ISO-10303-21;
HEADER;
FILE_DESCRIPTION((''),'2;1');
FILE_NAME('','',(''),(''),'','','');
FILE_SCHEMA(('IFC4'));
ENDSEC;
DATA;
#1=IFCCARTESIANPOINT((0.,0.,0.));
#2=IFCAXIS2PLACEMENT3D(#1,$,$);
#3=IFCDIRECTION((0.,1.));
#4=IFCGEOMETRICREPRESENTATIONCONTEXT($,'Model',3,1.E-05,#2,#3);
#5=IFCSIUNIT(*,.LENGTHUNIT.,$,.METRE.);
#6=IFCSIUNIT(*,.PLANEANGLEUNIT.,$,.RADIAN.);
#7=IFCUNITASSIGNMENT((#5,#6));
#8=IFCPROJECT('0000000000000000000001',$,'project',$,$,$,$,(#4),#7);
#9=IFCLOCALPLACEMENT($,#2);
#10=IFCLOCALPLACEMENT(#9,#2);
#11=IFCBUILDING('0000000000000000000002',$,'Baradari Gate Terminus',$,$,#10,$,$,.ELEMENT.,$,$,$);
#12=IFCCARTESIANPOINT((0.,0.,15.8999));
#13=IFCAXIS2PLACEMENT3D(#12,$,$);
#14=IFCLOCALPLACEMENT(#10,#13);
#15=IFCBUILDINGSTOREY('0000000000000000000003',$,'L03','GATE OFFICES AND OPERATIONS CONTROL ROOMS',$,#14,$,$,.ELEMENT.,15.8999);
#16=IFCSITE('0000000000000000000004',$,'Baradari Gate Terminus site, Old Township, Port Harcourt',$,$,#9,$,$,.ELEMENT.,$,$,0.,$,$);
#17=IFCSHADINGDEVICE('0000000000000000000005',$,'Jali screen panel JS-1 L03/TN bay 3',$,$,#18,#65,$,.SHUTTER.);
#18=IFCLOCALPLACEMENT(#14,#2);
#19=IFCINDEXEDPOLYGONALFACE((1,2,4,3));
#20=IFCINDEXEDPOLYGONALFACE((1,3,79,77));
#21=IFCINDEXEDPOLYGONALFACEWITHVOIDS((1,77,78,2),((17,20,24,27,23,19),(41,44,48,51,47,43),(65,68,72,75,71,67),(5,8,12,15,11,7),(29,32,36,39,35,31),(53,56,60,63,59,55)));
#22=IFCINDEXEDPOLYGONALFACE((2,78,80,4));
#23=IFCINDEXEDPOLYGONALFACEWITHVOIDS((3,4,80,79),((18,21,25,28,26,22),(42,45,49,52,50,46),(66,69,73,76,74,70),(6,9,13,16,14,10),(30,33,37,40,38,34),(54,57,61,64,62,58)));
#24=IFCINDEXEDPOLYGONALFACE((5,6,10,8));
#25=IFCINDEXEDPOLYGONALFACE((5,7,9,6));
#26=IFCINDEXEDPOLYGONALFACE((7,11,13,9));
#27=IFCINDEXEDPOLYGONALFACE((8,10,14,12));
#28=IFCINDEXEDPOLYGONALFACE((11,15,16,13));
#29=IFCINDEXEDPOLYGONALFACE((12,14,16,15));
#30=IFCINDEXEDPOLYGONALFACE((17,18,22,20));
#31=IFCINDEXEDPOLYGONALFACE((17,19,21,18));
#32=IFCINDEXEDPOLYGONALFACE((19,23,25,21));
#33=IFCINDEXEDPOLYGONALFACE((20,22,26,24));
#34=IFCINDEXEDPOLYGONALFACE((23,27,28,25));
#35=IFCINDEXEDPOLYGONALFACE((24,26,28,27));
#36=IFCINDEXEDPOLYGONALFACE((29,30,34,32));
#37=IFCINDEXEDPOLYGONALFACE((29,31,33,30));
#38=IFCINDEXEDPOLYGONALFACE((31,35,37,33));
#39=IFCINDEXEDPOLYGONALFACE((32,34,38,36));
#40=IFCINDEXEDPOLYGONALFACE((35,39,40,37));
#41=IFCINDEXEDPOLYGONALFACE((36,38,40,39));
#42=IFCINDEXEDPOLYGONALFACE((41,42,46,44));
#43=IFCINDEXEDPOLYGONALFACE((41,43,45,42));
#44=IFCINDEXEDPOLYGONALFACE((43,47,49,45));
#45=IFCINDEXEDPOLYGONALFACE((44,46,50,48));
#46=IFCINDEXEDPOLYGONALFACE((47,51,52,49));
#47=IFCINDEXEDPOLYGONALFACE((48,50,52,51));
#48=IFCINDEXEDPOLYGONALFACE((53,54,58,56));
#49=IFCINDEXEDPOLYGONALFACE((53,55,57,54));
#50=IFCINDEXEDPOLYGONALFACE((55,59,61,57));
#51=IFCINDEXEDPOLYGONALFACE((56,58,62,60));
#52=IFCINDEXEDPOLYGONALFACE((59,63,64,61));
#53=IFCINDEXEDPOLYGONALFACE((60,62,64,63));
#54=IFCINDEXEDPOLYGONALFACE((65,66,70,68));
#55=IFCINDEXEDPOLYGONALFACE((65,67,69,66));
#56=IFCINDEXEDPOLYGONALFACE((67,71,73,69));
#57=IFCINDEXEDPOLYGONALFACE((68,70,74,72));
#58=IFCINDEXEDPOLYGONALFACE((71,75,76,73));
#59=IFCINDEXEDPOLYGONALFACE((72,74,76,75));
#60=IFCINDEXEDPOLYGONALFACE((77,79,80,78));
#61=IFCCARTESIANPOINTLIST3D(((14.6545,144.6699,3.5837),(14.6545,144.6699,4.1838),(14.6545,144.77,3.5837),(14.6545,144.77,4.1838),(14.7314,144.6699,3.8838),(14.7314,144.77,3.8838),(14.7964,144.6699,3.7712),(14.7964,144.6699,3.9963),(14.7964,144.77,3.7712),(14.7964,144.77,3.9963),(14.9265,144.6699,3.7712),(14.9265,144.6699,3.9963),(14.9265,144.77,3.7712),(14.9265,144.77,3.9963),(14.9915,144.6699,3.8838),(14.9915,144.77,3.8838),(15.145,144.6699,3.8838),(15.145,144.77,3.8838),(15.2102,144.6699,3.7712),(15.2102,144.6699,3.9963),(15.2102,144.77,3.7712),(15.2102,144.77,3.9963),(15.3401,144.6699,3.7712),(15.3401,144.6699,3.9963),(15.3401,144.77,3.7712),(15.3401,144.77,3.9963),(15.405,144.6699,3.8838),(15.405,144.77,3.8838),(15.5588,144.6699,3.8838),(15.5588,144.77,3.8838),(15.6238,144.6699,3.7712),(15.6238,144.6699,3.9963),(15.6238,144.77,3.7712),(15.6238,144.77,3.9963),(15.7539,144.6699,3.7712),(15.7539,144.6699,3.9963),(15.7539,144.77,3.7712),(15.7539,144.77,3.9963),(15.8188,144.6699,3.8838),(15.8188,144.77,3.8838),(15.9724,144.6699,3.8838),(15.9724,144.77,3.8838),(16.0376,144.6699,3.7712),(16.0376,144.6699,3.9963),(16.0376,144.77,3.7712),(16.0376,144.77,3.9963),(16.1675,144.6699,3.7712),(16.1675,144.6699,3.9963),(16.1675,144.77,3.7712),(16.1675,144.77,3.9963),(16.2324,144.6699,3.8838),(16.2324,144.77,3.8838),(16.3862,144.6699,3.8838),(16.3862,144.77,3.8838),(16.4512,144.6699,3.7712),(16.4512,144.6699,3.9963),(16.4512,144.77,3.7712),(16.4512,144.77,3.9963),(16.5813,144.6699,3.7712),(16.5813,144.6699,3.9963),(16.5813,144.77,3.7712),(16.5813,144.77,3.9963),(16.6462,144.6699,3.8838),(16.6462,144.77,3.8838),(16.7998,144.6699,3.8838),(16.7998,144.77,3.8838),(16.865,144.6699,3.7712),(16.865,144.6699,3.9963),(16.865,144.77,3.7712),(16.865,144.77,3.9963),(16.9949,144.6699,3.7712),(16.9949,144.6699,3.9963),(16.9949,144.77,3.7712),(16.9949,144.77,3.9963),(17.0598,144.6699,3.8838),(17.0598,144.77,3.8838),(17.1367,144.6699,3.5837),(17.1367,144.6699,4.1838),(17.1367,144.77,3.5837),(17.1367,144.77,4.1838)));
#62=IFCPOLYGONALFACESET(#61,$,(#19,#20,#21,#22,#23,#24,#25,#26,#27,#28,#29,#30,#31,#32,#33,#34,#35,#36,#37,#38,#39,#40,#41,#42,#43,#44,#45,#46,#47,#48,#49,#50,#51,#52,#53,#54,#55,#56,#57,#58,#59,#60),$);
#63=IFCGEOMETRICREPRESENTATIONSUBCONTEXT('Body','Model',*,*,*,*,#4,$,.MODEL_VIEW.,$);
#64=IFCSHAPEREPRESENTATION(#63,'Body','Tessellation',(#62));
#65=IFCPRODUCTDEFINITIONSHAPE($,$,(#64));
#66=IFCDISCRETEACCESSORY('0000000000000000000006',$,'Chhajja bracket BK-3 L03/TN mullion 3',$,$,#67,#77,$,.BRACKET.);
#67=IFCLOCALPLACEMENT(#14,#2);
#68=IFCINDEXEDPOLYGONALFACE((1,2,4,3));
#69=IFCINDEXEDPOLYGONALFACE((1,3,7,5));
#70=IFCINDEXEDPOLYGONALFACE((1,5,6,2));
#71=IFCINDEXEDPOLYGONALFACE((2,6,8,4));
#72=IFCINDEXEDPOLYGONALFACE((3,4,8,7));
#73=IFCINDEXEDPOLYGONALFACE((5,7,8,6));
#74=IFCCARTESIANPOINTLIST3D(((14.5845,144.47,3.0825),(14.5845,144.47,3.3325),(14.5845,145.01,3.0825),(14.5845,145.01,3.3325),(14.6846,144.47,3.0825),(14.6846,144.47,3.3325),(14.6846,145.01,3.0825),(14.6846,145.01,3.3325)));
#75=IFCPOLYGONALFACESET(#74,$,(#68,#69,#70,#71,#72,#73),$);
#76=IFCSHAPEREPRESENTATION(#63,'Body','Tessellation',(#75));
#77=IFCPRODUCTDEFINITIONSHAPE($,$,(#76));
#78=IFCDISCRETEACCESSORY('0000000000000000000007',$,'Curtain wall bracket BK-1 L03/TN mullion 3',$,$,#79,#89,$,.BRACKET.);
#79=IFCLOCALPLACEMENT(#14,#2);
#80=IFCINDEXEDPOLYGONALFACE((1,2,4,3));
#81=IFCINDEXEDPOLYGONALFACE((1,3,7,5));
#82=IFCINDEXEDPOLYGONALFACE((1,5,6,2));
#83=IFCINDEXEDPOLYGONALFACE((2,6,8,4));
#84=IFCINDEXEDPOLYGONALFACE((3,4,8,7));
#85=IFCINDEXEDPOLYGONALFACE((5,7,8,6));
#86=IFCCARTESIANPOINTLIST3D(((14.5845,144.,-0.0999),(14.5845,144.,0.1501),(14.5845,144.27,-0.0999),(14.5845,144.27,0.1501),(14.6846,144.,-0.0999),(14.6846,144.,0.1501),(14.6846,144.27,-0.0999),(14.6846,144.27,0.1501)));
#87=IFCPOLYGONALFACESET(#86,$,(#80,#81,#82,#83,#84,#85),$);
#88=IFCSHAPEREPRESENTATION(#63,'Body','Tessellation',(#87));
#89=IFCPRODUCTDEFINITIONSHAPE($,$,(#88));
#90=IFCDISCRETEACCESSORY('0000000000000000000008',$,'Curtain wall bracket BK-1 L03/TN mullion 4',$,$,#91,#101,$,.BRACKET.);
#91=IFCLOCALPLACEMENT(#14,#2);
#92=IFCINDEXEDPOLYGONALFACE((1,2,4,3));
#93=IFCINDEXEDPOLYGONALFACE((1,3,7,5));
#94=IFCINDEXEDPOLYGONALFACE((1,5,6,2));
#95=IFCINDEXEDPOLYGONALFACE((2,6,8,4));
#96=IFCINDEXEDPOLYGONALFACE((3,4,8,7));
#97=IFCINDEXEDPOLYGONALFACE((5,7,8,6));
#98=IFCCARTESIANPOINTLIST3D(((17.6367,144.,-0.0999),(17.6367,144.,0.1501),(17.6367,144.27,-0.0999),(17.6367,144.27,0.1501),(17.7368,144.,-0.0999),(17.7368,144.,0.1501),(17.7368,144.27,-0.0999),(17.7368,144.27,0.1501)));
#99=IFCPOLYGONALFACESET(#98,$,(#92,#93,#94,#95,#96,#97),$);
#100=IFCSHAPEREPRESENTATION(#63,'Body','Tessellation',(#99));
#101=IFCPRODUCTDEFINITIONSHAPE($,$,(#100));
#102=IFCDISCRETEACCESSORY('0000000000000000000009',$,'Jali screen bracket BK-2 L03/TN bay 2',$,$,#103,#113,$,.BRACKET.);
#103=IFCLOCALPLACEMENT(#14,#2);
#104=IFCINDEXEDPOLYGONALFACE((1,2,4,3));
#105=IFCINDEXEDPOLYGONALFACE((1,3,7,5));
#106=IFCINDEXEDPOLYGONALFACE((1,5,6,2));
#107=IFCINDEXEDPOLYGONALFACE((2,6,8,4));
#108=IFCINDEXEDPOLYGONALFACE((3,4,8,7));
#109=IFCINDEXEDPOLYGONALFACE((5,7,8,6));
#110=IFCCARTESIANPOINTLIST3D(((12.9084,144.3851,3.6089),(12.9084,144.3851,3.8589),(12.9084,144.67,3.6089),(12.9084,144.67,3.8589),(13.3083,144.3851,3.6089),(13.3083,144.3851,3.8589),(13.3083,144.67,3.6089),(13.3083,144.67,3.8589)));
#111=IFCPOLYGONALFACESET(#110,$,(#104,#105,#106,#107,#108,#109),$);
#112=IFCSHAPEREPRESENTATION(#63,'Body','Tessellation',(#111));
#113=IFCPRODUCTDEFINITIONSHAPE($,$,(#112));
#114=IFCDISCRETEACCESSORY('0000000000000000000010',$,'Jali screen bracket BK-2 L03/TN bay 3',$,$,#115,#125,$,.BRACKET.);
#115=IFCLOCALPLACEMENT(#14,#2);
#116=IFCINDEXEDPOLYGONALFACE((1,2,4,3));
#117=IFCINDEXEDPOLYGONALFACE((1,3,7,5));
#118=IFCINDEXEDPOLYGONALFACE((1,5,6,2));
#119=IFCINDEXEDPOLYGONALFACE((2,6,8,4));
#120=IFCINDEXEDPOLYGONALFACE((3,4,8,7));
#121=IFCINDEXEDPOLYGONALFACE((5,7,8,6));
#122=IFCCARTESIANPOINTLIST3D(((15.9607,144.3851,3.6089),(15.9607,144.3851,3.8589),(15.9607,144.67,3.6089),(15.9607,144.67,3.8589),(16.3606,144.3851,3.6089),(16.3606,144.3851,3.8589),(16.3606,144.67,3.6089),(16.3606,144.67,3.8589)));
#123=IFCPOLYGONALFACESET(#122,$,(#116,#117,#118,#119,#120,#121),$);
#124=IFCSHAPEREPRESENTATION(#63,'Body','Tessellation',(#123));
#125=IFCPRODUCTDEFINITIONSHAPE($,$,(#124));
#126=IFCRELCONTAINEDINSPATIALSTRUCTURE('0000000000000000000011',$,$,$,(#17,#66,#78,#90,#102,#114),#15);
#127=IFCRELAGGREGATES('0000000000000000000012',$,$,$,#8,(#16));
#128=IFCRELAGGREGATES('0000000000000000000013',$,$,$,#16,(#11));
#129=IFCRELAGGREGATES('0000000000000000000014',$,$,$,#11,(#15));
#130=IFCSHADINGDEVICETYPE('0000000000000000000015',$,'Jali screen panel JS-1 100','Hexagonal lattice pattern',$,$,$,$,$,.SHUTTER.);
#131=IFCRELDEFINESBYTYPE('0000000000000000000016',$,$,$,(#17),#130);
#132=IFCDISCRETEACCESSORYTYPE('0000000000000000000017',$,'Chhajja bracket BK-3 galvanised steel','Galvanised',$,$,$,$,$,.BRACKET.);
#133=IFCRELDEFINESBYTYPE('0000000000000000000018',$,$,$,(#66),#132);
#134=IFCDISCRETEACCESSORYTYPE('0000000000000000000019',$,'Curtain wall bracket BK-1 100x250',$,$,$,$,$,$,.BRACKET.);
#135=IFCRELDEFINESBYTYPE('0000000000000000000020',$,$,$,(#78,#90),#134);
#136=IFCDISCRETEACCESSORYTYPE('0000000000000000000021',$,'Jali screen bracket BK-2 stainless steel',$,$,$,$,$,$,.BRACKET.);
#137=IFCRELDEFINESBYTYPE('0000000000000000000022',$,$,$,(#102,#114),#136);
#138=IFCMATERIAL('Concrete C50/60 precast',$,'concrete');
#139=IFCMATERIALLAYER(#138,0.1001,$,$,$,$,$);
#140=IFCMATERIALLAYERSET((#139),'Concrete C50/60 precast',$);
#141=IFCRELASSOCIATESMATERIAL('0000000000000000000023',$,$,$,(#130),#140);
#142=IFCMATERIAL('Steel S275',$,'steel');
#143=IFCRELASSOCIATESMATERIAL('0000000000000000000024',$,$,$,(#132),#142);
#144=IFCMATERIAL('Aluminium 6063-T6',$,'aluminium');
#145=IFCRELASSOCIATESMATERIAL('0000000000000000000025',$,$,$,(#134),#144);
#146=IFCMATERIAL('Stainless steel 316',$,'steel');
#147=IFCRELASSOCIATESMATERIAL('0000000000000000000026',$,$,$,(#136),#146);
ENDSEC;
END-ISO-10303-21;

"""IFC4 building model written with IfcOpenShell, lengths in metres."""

from ifc_helpers import new_model, si_unit, direction, frame, origin, origin_2d, place, context, subcontext, project, spatial, polyline, rectangle, outline, extrude, material, layer, layer_set, type_object, element, save


model = new_model("IFC4")

# Units and contexts
model_context = context("Model", 3, precision=1e-05, world=origin(), true_north=direction((0.0, 1.0)))
body_context = subcontext(model_context, "Body", "Model", "MODEL_VIEW")
ifc_project = project(units=[si_unit("LENGTHUNIT", "METRE"), si_unit("PLANEANGLEUNIT", "RADIAN")], contexts=[model_context])

# Site, building, storey
site_placement = place(None, origin())
site = spatial("IfcSite", under=ifc_project, at=site_placement, Name="Baradari Gate Terminus site, Old Township, Port Harcourt", CompositionType="ELEMENT", RefElevation=0.0)
building_placement = place(site_placement, origin())
building = spatial("IfcBuilding", under=site, at=building_placement, Name="Baradari Gate Terminus", CompositionType="ELEMENT")
storey_placement = place(building_placement, frame((0.0, 0.0, 15.8999)))
storey = spatial("IfcBuildingStorey", under=building, at=storey_placement, Name="L03", Description="GATE OFFICES AND OPERATIONS CONTROL ROOMS", CompositionType="ELEMENT", Elevation=15.8999)

# Shading device
ifc_material_1 = material(Name="Concrete C50/60 precast", Category="concrete")
ifc_layer_1 = layer(ifc_material_1, 0.1001)
ifc_layer_set_1 = layer_set([ifc_layer_1], Name="Concrete C50/60 precast")
shading_device_type_1 = type_object("IfcShadingDeviceType", Name="Jali screen panel JS-1 100", Description="Hexagonal lattice pattern", PredefinedType="SHUTTER", material=ifc_layer_set_1)
shading_device_1_placement = place(storey_placement, frame((14.6545, 144.72, 3.5837), z_axis=(0.0, 0.0, 1.0), x_axis=(1.0, 0.0, 0.0)))
element("IfcShadingDevice", 1, at=shading_device_1_placement, inside=storey, type_object=shading_device_type_1, Name="Jali screen panel JS-1 L03/TN bay 3", PredefinedType="SHUTTER", context=body_context, shape_type="SweptSolid", body=[
    extrude(outline(polyline([(0.0, 0.0), (2.4822, 0.0), (2.4822, 0.6001), (0.0, 0.6001), (0.0, 0.0)]), holes=[polyline([(0.3369, 0.3), (0.272, 0.1875), (0.1418, 0.1875), (0.0769, 0.3), (0.1418, 0.4126), (0.272, 0.4126), (0.3369, 0.3)]), polyline([(0.7505, 0.3), (0.6855, 0.1875), (0.5557, 0.1875), (0.4905, 0.3), (0.5557, 0.4126), (0.6855, 0.4126), (0.7505, 0.3)]), polyline([(1.1643, 0.3), (1.0994, 0.1875), (0.9692, 0.1875), (0.9043, 0.3), (0.9692, 0.4126), (1.0994, 0.4126), (1.1643, 0.3)]), polyline([(1.5779, 0.3), (1.5129, 0.1875), (1.3831, 0.1875), (1.3179, 0.3), (1.3831, 0.4126), (1.5129, 0.4126), (1.5779, 0.3)]), polyline([(1.9917, 0.3), (1.9268, 0.1875), (1.7966, 0.1875), (1.7317, 0.3), (1.7966, 0.4126), (1.9268, 0.4126), (1.9917, 0.3)]), polyline([(2.4053, 0.3), (2.3403, 0.1875), (2.2104, 0.1875), (2.1453, 0.3), (2.2104, 0.4126), (2.3403, 0.4126), (2.4053, 0.3)])]), frame((0.0, 0.05, 0.0), z_axis=(0.0, -1.0, 0.0), x_axis=(1.0, 0.0, 0.0)), (0.0, 0.0, 1.0), 0.1001),
])

# Discrete accessories
ifc_material_2 = material(Name="Steel S275", Category="steel")
discrete_accessory_type_1 = type_object("IfcDiscreteAccessoryType", Name="Chhajja bracket BK-3 galvanised steel", Description="Galvanised", PredefinedType="BRACKET", material=ifc_material_2)
discrete_accessory_placement = place(storey_placement, frame((14.6345, 144.74, 3.0825), z_axis=(0.0, 0.0, 1.0), x_axis=(0.0, 1.0, 0.0)))
element("IfcDiscreteAccessory", 2, at=discrete_accessory_placement, inside=storey, type_object=discrete_accessory_type_1, Name="Chhajja bracket BK-3 L03/TN mullion 3", PredefinedType="BRACKET", context=body_context, shape_type="SweptSolid", body=[
    extrude(rectangle(XDim=0.54, YDim=0.1001, at=origin_2d()), origin(), (0.0, 0.0, 1.0), 0.25),
])
ifc_material_3 = material(Name="Aluminium 6063-T6", Category="aluminium")
discrete_accessory_type_2 = type_object("IfcDiscreteAccessoryType", Name="Curtain wall bracket BK-1 100x250", PredefinedType="BRACKET", material=ifc_material_3)
for number, where, z_axis, x_axis, name in (
    (3, (14.6345, 144.135, -0.0999), (0.0, 0.0, 1.0), (0.0, 1.0, 0.0), "Curtain wall bracket BK-1 L03/TN mullion 3"),
    (4, (17.6868, 144.135, -0.0999), (0.0, 0.0, 1.0), (0.0, 1.0, 0.0), "Curtain wall bracket BK-1 L03/TN mullion 4"),
):
    element("IfcDiscreteAccessory", number, at=place(storey_placement, frame(where, z_axis=z_axis, x_axis=x_axis)), inside=storey, type_object=discrete_accessory_type_2, Name=name, PredefinedType="BRACKET", context=body_context, shape_type="SweptSolid", body=[
        extrude(rectangle(XDim=0.27, YDim=0.1001, at=origin_2d()), origin(), (0.0, 0.0, 1.0), 0.25),
    ])
ifc_material_4 = material(Name="Stainless steel 316", Category="steel")
discrete_accessory_type_3 = type_object("IfcDiscreteAccessoryType", Name="Jali screen bracket BK-2 stainless steel", PredefinedType="BRACKET", material=ifc_material_4)
for number, where, z_axis, x_axis, name in (
    (5, (13.1084, 144.5276, 3.6089), (0.0, 0.0, 1.0), (0.0, 1.0, 0.0), "Jali screen bracket BK-2 L03/TN bay 2"),
    (6, (16.1606, 144.5276, 3.6089), (0.0, 0.0, 1.0), (0.0, 1.0, 0.0), "Jali screen bracket BK-2 L03/TN bay 3"),
):
    element("IfcDiscreteAccessory", number, at=place(storey_placement, frame(where, z_axis=z_axis, x_axis=x_axis)), inside=storey, type_object=discrete_accessory_type_3, Name=name, PredefinedType="BRACKET", context=body_context, shape_type="SweptSolid", body=[
        extrude(rectangle(XDim=0.2849, YDim=0.3999, at=origin_2d()), origin(), (0.0, 0.0, 1.0), 0.25),
    ])

save(model, "model.ifc")
